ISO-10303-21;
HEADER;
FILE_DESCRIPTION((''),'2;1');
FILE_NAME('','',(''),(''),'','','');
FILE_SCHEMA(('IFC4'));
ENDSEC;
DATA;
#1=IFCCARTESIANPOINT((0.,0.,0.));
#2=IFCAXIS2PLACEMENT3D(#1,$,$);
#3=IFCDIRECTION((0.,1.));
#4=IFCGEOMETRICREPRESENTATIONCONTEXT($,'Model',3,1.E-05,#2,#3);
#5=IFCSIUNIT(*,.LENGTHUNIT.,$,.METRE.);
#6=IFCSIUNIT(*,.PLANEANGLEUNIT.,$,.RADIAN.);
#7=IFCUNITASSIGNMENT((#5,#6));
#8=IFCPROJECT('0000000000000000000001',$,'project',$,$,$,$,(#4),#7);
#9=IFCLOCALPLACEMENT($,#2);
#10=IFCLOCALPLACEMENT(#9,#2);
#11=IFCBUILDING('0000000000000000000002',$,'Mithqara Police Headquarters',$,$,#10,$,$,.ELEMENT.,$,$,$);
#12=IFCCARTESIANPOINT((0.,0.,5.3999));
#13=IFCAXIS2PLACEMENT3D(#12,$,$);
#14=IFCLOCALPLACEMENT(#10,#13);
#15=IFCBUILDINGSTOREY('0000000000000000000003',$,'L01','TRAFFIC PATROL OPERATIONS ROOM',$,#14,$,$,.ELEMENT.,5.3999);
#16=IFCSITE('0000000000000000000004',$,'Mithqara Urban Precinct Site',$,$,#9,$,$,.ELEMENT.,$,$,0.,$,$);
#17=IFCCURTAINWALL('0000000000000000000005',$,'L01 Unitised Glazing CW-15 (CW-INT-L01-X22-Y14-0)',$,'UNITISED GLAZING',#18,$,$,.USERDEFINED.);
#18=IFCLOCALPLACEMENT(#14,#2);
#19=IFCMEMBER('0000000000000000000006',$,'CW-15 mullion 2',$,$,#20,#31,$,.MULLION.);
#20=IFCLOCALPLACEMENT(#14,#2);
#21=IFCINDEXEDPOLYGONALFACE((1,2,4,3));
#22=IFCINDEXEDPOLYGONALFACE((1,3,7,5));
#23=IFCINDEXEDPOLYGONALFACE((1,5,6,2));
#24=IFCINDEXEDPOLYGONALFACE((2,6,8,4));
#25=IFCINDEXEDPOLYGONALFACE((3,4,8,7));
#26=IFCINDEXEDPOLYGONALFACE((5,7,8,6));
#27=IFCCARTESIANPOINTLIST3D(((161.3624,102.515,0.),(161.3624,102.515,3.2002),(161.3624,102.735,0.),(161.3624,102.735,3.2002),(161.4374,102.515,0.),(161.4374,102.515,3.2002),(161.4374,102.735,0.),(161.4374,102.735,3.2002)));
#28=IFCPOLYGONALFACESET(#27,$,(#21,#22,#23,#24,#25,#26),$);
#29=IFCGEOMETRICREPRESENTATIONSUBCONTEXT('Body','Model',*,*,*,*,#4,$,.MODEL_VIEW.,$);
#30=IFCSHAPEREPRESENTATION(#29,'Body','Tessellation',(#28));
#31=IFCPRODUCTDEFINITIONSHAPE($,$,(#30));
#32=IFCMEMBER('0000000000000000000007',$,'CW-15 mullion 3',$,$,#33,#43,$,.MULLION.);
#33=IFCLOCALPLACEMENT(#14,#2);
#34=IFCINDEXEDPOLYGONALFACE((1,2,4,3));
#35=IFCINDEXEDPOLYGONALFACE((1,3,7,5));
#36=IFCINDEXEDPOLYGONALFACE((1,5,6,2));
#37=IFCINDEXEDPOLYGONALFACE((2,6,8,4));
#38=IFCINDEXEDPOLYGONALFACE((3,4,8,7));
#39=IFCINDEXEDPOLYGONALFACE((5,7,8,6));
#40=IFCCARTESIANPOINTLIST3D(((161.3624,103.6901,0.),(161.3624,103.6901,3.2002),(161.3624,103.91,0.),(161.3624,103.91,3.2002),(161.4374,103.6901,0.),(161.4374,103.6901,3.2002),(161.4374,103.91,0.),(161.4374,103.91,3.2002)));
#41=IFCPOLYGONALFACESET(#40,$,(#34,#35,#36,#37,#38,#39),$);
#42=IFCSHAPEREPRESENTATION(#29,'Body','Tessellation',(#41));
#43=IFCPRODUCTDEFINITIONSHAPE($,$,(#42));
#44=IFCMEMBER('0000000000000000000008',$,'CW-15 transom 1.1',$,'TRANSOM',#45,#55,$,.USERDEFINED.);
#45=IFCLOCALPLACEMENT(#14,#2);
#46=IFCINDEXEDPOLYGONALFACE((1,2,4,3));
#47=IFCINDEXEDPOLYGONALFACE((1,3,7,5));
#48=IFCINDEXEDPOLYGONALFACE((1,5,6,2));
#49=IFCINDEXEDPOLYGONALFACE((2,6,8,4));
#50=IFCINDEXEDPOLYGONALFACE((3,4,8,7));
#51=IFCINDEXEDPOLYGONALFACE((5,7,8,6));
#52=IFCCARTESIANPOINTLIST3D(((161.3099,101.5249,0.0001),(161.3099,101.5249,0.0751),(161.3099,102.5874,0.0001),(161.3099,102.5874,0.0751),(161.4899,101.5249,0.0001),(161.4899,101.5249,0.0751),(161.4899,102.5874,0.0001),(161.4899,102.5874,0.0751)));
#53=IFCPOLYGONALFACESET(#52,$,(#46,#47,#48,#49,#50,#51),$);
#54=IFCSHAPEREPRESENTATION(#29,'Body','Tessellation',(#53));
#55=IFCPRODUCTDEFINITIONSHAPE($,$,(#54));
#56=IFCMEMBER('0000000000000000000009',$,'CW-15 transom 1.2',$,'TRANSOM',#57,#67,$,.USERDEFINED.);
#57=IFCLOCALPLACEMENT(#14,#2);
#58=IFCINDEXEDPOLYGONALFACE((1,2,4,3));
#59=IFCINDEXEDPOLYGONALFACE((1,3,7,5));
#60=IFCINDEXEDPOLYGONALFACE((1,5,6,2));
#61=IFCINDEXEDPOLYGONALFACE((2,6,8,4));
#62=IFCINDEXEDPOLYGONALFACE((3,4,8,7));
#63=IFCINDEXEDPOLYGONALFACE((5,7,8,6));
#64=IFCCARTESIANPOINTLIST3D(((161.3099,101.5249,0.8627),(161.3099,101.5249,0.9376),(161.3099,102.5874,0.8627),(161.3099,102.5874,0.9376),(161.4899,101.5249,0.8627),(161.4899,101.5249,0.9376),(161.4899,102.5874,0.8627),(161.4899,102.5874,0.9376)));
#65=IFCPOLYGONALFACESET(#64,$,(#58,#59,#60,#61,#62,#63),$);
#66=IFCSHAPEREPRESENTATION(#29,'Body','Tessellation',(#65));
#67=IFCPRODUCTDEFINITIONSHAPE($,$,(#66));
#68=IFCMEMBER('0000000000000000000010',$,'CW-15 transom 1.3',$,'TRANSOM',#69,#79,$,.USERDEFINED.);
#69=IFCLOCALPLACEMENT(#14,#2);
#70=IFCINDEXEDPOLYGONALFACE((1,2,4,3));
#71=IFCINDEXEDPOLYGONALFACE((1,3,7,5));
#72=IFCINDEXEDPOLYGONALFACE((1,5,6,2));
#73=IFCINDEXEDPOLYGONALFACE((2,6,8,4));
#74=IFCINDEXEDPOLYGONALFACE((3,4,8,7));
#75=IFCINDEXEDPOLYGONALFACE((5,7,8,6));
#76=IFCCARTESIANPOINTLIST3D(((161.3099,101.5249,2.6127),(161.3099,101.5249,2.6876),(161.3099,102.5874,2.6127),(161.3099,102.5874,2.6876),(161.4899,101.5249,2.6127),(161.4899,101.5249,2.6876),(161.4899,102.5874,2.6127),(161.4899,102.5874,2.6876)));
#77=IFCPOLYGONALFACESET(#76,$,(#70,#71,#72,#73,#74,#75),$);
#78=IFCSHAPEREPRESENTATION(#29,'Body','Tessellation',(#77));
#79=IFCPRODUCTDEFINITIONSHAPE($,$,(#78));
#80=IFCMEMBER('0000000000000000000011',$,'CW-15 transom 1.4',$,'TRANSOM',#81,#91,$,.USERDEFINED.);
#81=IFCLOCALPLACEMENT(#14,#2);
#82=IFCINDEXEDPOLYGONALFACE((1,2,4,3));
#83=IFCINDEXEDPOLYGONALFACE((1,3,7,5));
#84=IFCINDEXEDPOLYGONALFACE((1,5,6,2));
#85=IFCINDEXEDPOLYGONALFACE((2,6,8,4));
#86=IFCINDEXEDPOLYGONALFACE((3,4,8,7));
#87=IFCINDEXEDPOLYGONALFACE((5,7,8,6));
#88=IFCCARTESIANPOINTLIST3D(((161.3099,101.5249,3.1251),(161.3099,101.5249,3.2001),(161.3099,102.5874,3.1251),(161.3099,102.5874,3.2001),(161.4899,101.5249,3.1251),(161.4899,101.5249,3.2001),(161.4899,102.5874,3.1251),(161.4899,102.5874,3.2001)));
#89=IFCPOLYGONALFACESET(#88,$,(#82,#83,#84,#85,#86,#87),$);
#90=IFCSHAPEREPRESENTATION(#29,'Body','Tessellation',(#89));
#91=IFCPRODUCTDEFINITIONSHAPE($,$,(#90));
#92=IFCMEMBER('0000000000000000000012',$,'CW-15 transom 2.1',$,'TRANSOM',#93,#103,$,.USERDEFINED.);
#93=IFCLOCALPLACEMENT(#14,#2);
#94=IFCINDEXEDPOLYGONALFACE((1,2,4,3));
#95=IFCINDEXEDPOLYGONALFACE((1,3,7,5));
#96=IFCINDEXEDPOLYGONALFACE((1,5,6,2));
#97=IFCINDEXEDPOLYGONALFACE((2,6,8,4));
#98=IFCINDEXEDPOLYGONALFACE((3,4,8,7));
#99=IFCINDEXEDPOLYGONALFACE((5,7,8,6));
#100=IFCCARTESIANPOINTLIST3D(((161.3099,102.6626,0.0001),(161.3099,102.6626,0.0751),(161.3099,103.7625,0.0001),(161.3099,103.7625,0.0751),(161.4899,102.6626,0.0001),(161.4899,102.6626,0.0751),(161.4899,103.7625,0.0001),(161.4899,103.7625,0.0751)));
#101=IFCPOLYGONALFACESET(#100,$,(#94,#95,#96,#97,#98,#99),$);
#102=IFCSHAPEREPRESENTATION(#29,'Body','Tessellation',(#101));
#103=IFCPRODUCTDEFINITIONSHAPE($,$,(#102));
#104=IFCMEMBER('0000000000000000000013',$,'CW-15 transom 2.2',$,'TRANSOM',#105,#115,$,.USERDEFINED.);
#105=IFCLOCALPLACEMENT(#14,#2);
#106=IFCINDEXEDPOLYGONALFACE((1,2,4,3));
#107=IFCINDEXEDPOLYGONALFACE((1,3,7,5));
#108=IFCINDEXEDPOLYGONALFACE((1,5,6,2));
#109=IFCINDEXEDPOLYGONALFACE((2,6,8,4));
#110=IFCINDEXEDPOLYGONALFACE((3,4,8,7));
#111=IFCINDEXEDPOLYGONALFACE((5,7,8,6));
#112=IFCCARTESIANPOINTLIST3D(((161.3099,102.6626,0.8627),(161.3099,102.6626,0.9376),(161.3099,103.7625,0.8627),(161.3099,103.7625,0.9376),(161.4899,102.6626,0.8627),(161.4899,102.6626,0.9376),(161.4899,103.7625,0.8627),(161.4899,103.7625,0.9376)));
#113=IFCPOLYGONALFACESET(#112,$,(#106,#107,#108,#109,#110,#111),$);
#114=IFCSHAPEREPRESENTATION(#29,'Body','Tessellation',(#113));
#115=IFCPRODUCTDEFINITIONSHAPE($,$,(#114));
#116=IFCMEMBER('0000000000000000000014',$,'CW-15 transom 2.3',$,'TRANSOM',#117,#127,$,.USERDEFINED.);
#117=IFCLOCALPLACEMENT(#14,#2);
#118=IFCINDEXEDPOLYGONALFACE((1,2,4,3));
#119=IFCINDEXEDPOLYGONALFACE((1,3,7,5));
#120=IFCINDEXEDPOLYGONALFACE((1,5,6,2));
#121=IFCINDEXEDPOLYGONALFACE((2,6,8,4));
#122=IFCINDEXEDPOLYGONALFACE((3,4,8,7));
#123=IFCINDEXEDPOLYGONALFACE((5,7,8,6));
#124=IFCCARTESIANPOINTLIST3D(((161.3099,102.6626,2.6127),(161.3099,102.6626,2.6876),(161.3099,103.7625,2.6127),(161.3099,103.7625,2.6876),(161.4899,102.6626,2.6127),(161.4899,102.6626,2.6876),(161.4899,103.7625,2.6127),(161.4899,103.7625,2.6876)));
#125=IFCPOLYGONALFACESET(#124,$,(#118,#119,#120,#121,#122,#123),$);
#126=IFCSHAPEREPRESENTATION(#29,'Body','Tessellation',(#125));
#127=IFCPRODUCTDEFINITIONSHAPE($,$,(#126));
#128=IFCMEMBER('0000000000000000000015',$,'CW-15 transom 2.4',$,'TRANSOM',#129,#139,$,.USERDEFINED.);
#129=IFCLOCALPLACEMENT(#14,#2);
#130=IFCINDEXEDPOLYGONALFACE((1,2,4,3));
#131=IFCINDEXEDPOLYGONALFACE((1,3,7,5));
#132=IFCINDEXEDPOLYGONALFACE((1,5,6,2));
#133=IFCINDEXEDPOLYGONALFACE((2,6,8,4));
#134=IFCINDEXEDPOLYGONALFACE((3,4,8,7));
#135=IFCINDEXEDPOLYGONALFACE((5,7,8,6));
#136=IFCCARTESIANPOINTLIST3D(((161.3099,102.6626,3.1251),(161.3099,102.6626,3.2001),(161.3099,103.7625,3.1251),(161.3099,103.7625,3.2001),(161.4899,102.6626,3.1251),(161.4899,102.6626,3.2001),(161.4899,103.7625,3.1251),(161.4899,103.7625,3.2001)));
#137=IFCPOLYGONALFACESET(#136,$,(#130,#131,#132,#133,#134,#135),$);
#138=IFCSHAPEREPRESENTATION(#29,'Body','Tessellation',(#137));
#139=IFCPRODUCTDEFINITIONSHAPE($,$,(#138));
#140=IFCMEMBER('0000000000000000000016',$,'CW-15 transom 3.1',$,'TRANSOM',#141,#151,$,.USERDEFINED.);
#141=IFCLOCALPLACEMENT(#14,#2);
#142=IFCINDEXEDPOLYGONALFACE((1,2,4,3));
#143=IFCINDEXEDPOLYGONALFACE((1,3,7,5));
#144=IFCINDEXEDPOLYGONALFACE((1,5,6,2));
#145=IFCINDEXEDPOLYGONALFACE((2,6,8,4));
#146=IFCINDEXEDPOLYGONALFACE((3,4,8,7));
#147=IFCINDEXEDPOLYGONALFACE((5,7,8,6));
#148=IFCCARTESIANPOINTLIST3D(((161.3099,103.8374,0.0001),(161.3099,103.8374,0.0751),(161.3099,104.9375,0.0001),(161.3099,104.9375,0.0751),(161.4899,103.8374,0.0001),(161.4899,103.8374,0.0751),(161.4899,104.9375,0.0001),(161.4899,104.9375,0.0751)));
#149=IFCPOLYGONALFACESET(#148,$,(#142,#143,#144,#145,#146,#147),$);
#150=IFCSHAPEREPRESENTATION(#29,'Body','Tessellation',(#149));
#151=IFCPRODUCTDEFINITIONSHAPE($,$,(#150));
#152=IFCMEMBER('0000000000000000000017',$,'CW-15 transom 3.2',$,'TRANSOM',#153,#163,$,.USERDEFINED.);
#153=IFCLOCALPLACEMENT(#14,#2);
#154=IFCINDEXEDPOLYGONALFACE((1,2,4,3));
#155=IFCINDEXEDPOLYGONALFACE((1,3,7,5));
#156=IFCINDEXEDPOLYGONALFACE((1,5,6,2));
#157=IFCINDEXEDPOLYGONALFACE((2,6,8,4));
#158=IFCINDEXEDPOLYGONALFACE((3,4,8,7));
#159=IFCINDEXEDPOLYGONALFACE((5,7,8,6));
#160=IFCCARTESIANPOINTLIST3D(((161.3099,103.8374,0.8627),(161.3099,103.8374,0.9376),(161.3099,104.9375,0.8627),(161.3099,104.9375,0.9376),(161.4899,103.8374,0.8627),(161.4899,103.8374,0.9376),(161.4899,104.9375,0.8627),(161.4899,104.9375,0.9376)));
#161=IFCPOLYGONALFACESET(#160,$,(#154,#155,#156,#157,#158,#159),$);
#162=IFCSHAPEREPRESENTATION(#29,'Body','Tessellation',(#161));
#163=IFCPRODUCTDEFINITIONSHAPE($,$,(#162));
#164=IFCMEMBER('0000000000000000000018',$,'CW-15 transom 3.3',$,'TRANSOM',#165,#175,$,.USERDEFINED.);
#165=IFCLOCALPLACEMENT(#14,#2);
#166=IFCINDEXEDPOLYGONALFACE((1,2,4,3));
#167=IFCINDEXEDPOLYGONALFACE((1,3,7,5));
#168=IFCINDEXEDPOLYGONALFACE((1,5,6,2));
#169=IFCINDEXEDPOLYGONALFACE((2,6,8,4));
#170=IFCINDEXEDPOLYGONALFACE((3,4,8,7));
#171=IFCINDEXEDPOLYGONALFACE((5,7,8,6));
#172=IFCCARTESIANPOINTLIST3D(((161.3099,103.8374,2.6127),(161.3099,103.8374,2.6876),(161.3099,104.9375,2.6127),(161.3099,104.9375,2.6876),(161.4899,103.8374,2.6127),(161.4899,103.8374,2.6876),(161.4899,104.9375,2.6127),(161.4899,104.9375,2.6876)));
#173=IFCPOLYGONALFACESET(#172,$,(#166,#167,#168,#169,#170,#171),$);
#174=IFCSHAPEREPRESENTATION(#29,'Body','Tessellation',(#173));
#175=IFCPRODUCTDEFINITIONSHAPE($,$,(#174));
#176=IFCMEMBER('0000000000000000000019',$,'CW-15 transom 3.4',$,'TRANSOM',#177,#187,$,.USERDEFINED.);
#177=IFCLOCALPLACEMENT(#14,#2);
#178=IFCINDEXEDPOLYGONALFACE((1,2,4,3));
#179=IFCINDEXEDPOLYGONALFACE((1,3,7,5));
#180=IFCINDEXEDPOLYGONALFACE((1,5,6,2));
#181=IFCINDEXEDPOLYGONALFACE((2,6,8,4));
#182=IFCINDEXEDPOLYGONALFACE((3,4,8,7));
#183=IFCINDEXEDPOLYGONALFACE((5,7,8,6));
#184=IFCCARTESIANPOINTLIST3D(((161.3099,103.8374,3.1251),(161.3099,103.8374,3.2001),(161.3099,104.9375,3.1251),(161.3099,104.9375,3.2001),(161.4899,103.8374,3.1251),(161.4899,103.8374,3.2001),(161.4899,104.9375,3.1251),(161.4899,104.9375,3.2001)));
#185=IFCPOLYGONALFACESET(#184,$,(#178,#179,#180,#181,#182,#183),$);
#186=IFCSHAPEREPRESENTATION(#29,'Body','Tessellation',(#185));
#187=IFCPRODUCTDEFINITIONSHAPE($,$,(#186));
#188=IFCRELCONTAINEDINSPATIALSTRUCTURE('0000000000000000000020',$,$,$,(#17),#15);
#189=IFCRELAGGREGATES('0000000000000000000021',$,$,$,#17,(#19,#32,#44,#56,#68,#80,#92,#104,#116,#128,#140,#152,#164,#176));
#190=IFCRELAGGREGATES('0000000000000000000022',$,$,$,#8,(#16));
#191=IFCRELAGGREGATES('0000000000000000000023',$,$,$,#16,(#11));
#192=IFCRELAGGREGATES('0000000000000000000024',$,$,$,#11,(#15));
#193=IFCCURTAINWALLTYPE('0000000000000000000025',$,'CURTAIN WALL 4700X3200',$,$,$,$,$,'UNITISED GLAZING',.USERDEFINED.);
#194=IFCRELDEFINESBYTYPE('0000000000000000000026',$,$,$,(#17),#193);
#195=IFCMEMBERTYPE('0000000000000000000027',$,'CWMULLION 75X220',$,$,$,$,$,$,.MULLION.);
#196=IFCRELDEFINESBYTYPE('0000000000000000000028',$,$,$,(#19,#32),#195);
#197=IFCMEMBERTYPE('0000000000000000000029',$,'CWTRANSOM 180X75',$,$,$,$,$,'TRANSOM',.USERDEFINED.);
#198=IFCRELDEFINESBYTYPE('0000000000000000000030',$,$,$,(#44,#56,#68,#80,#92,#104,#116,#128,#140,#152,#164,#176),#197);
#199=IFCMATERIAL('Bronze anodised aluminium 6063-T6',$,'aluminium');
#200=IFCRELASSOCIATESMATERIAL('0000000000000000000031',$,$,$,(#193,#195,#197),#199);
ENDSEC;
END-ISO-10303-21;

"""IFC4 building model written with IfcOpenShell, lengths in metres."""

from ifc_helpers import new_model, si_unit, direction, frame, origin, origin_2d, place, context, subcontext, project, spatial, rectangle, extrude, material, material_profile, profile_set, type_object, element, aggregate, save


model = new_model("IFC4")

# Units and contexts
model_context = context("Model", 3, precision=1e-05, world=origin(), true_north=direction((0.0, 1.0)))
body_context = subcontext(model_context, "Body", "Model", "MODEL_VIEW")
ifc_project = project(units=[si_unit("LENGTHUNIT", "METRE"), si_unit("PLANEANGLEUNIT", "RADIAN")], contexts=[model_context])

# Site, building, storey
site_placement = place(None, origin())
site = spatial("IfcSite", under=ifc_project, at=site_placement, Name="Mithqara Urban Precinct Site", CompositionType="ELEMENT", RefElevation=0.0)
building_placement = place(site_placement, origin())
building = spatial("IfcBuilding", under=site, at=building_placement, Name="Mithqara Police Headquarters", CompositionType="ELEMENT")
storey_placement = place(building_placement, frame((0.0, 0.0, 5.3999)))
storey = spatial("IfcBuildingStorey", under=building, at=storey_placement, Name="L01", Description="TRAFFIC PATROL OPERATIONS ROOM", CompositionType="ELEMENT", Elevation=5.3999)

# Curtain wall, members
ifc_material_1 = material(Name="Bronze anodised aluminium 6063-T6", Category="aluminium")
curtain_wall_type = type_object("IfcCurtainWallType", Name="CURTAIN WALL 4700X3200", ElementType="UNITISED GLAZING", PredefinedType="USERDEFINED", material=ifc_material_1)
curtain_wall_placement = place(storey_placement, origin())
curtain_wall = element("IfcCurtainWall", 1, at=curtain_wall_placement, inside=storey, type_object=curtain_wall_type, Name="L01 Unitised Glazing CW-15 (CW-INT-L01-X22-Y14-0)", ObjectType="UNITISED GLAZING", PredefinedType="USERDEFINED")
ifc_material_profile_1 = material_profile(ifc_material_1, rectangle(XDim=0.075, YDim=0.22, at=origin_2d()), Name="CWM 75x220")
ifc_profile_set_1 = profile_set([ifc_material_profile_1], Name="Bronze anodised aluminium 6063-T6")
member_type_1 = type_object("IfcMemberType", Name="CWMULLION 75X220", PredefinedType="MULLION", material=ifc_profile_set_1)
member_1_placement = place(storey_placement, frame((161.3999, 102.625, 0.0), z_axis=(0.0, 0.0, 1.0), x_axis=(-1.0, 0.0, 0.0)))
member_1 = element("IfcMember", 2, at=member_1_placement, type_object=member_type_1, Name="CW-15 mullion 2", PredefinedType="MULLION", context=body_context, shape_type="SweptSolid", body=[
    extrude(rectangle(XDim=0.075, YDim=0.22, at=origin_2d()), origin(), (0.0, 0.0, 1.0), 3.2002),
])
member_2_placement = place(storey_placement, frame((161.3999, 103.8, 0.0), z_axis=(0.0, 0.0, 1.0), x_axis=(-1.0, 0.0, 0.0)))
member_2 = element("IfcMember", 3, at=member_2_placement, type_object=member_type_1, Name="CW-15 mullion 3", PredefinedType="MULLION", context=body_context, shape_type="SweptSolid", body=[
    extrude(rectangle(XDim=0.075, YDim=0.22, at=origin_2d()), origin(), (0.0, 0.0, 1.0), 3.2002),
])
ifc_material_profile_2 = material_profile(ifc_material_1, rectangle(XDim=0.1799, YDim=0.075, at=origin_2d()), Name="CWT 180x75")
ifc_profile_set_2 = profile_set([ifc_material_profile_2], Name="Bronze anodised aluminium 6063-T6")
member_type_2 = type_object("IfcMemberType", Name="CWTRANSOM 180X75", ElementType="TRANSOM", PredefinedType="USERDEFINED", material=ifc_profile_set_2)
member_3_placement = place(storey_placement, frame((161.3999, 101.5249, 0.0376), z_axis=(0.0, 1.0, 0.0), x_axis=(-1.0, 0.0, 0.0)))
member_3 = element("IfcMember", 4, at=member_3_placement, type_object=member_type_2, Name="CW-15 transom 1.1", ObjectType="TRANSOM", PredefinedType="USERDEFINED", context=body_context, shape_type="SweptSolid", body=[
    extrude(rectangle(XDim=0.1799, YDim=0.075, at=origin_2d()), origin(), (0.0, 0.0, 1.0), 1.0625),
])
member_4_placement = place(storey_placement, frame((161.3999, 101.5249, 0.9001), z_axis=(0.0, 1.0, 0.0), x_axis=(-1.0, 0.0, 0.0)))
member_4 = element("IfcMember", 5, at=member_4_placement, type_object=member_type_2, Name="CW-15 transom 1.2", ObjectType="TRANSOM", PredefinedType="USERDEFINED", context=body_context, shape_type="SweptSolid", body=[
    extrude(rectangle(XDim=0.1799, YDim=0.075, at=origin_2d()), origin(), (0.0, 0.0, 1.0), 1.0625),
])
member_5_placement = place(storey_placement, frame((161.3999, 101.5249, 2.6501), z_axis=(0.0, 1.0, 0.0), x_axis=(-1.0, 0.0, 0.0)))
member_5 = element("IfcMember", 6, at=member_5_placement, type_object=member_type_2, Name="CW-15 transom 1.3", ObjectType="TRANSOM", PredefinedType="USERDEFINED", context=body_context, shape_type="SweptSolid", body=[
    extrude(rectangle(XDim=0.1799, YDim=0.075, at=origin_2d()), origin(), (0.0, 0.0, 1.0), 1.0625),
])
member_6_placement = place(storey_placement, frame((161.3999, 101.5249, 3.1626), z_axis=(0.0, 1.0, 0.0), x_axis=(-1.0, 0.0, 0.0)))
member_6 = element("IfcMember", 7, at=member_6_placement, type_object=member_type_2, Name="CW-15 transom 1.4", ObjectType="TRANSOM", PredefinedType="USERDEFINED", context=body_context, shape_type="SweptSolid", body=[
    extrude(rectangle(XDim=0.1799, YDim=0.075, at=origin_2d()), origin(), (0.0, 0.0, 1.0), 1.0625),
])
member_7_placement = place(storey_placement, frame((161.3999, 102.6626, 0.0376), z_axis=(0.0, 1.0, 0.0), x_axis=(-1.0, 0.0, 0.0)))
member_7 = element("IfcMember", 8, at=member_7_placement, type_object=member_type_2, Name="CW-15 transom 2.1", ObjectType="TRANSOM", PredefinedType="USERDEFINED", context=body_context, shape_type="SweptSolid", body=[
    extrude(rectangle(XDim=0.1799, YDim=0.075, at=origin_2d()), origin(), (0.0, 0.0, 1.0), 1.0999),
])
member_8_placement = place(storey_placement, frame((161.3999, 102.6626, 0.9001), z_axis=(0.0, 1.0, 0.0), x_axis=(-1.0, 0.0, 0.0)))
member_8 = element("IfcMember", 9, at=member_8_placement, type_object=member_type_2, Name="CW-15 transom 2.2", ObjectType="TRANSOM", PredefinedType="USERDEFINED", context=body_context, shape_type="SweptSolid", body=[
    extrude(rectangle(XDim=0.1799, YDim=0.075, at=origin_2d()), origin(), (0.0, 0.0, 1.0), 1.0999),
])
member_9_placement = place(storey_placement, frame((161.3999, 102.6626, 2.6501), z_axis=(0.0, 1.0, 0.0), x_axis=(-1.0, 0.0, 0.0)))
member_9 = element("IfcMember", 10, at=member_9_placement, type_object=member_type_2, Name="CW-15 transom 2.3", ObjectType="TRANSOM", PredefinedType="USERDEFINED", context=body_context, shape_type="SweptSolid", body=[
    extrude(rectangle(XDim=0.1799, YDim=0.075, at=origin_2d()), origin(), (0.0, 0.0, 1.0), 1.0999),
])
member_10_placement = place(storey_placement, frame((161.3999, 102.6626, 3.1626), z_axis=(0.0, 1.0, 0.0), x_axis=(-1.0, 0.0, 0.0)))
member_10 = element("IfcMember", 11, at=member_10_placement, type_object=member_type_2, Name="CW-15 transom 2.4", ObjectType="TRANSOM", PredefinedType="USERDEFINED", context=body_context, shape_type="SweptSolid", body=[
    extrude(rectangle(XDim=0.1799, YDim=0.075, at=origin_2d()), origin(), (0.0, 0.0, 1.0), 1.0999),
])
member_11_placement = place(storey_placement, frame((161.3999, 103.8374, 0.0376), z_axis=(0.0, 1.0, 0.0), x_axis=(-1.0, 0.0, 0.0)))
member_11 = element("IfcMember", 12, at=member_11_placement, type_object=member_type_2, Name="CW-15 transom 3.1", ObjectType="TRANSOM", PredefinedType="USERDEFINED", context=body_context, shape_type="SweptSolid", body=[
    extrude(rectangle(XDim=0.1799, YDim=0.075, at=origin_2d()), origin(), (0.0, 0.0, 1.0), 1.1001),
])
member_12_placement = place(storey_placement, frame((161.3999, 103.8374, 0.9001), z_axis=(0.0, 1.0, 0.0), x_axis=(-1.0, 0.0, 0.0)))
member_12 = element("IfcMember", 13, at=member_12_placement, type_object=member_type_2, Name="CW-15 transom 3.2", ObjectType="TRANSOM", PredefinedType="USERDEFINED", context=body_context, shape_type="SweptSolid", body=[
    extrude(rectangle(XDim=0.1799, YDim=0.075, at=origin_2d()), origin(), (0.0, 0.0, 1.0), 1.1001),
])
member_13_placement = place(storey_placement, frame((161.3999, 103.8374, 2.6501), z_axis=(0.0, 1.0, 0.0), x_axis=(-1.0, 0.0, 0.0)))
member_13 = element("IfcMember", 14, at=member_13_placement, type_object=member_type_2, Name="CW-15 transom 3.3", ObjectType="TRANSOM", PredefinedType="USERDEFINED", context=body_context, shape_type="SweptSolid", body=[
    extrude(rectangle(XDim=0.1799, YDim=0.075, at=origin_2d()), origin(), (0.0, 0.0, 1.0), 1.1001),
])
member_14_placement = place(storey_placement, frame((161.3999, 103.8374, 3.1626), z_axis=(0.0, 1.0, 0.0), x_axis=(-1.0, 0.0, 0.0)))
member_14 = element("IfcMember", 15, at=member_14_placement, type_object=member_type_2, Name="CW-15 transom 3.4", ObjectType="TRANSOM", PredefinedType="USERDEFINED", context=body_context, shape_type="SweptSolid", body=[
    extrude(rectangle(XDim=0.1799, YDim=0.075, at=origin_2d()), origin(), (0.0, 0.0, 1.0), 1.1001),
])
aggregate(curtain_wall, [member_1, member_2, member_3, member_4, member_5, member_6, member_7, member_8, member_9, member_10, member_11, member_12, member_13, member_14])

save(model, "model.ifc")
